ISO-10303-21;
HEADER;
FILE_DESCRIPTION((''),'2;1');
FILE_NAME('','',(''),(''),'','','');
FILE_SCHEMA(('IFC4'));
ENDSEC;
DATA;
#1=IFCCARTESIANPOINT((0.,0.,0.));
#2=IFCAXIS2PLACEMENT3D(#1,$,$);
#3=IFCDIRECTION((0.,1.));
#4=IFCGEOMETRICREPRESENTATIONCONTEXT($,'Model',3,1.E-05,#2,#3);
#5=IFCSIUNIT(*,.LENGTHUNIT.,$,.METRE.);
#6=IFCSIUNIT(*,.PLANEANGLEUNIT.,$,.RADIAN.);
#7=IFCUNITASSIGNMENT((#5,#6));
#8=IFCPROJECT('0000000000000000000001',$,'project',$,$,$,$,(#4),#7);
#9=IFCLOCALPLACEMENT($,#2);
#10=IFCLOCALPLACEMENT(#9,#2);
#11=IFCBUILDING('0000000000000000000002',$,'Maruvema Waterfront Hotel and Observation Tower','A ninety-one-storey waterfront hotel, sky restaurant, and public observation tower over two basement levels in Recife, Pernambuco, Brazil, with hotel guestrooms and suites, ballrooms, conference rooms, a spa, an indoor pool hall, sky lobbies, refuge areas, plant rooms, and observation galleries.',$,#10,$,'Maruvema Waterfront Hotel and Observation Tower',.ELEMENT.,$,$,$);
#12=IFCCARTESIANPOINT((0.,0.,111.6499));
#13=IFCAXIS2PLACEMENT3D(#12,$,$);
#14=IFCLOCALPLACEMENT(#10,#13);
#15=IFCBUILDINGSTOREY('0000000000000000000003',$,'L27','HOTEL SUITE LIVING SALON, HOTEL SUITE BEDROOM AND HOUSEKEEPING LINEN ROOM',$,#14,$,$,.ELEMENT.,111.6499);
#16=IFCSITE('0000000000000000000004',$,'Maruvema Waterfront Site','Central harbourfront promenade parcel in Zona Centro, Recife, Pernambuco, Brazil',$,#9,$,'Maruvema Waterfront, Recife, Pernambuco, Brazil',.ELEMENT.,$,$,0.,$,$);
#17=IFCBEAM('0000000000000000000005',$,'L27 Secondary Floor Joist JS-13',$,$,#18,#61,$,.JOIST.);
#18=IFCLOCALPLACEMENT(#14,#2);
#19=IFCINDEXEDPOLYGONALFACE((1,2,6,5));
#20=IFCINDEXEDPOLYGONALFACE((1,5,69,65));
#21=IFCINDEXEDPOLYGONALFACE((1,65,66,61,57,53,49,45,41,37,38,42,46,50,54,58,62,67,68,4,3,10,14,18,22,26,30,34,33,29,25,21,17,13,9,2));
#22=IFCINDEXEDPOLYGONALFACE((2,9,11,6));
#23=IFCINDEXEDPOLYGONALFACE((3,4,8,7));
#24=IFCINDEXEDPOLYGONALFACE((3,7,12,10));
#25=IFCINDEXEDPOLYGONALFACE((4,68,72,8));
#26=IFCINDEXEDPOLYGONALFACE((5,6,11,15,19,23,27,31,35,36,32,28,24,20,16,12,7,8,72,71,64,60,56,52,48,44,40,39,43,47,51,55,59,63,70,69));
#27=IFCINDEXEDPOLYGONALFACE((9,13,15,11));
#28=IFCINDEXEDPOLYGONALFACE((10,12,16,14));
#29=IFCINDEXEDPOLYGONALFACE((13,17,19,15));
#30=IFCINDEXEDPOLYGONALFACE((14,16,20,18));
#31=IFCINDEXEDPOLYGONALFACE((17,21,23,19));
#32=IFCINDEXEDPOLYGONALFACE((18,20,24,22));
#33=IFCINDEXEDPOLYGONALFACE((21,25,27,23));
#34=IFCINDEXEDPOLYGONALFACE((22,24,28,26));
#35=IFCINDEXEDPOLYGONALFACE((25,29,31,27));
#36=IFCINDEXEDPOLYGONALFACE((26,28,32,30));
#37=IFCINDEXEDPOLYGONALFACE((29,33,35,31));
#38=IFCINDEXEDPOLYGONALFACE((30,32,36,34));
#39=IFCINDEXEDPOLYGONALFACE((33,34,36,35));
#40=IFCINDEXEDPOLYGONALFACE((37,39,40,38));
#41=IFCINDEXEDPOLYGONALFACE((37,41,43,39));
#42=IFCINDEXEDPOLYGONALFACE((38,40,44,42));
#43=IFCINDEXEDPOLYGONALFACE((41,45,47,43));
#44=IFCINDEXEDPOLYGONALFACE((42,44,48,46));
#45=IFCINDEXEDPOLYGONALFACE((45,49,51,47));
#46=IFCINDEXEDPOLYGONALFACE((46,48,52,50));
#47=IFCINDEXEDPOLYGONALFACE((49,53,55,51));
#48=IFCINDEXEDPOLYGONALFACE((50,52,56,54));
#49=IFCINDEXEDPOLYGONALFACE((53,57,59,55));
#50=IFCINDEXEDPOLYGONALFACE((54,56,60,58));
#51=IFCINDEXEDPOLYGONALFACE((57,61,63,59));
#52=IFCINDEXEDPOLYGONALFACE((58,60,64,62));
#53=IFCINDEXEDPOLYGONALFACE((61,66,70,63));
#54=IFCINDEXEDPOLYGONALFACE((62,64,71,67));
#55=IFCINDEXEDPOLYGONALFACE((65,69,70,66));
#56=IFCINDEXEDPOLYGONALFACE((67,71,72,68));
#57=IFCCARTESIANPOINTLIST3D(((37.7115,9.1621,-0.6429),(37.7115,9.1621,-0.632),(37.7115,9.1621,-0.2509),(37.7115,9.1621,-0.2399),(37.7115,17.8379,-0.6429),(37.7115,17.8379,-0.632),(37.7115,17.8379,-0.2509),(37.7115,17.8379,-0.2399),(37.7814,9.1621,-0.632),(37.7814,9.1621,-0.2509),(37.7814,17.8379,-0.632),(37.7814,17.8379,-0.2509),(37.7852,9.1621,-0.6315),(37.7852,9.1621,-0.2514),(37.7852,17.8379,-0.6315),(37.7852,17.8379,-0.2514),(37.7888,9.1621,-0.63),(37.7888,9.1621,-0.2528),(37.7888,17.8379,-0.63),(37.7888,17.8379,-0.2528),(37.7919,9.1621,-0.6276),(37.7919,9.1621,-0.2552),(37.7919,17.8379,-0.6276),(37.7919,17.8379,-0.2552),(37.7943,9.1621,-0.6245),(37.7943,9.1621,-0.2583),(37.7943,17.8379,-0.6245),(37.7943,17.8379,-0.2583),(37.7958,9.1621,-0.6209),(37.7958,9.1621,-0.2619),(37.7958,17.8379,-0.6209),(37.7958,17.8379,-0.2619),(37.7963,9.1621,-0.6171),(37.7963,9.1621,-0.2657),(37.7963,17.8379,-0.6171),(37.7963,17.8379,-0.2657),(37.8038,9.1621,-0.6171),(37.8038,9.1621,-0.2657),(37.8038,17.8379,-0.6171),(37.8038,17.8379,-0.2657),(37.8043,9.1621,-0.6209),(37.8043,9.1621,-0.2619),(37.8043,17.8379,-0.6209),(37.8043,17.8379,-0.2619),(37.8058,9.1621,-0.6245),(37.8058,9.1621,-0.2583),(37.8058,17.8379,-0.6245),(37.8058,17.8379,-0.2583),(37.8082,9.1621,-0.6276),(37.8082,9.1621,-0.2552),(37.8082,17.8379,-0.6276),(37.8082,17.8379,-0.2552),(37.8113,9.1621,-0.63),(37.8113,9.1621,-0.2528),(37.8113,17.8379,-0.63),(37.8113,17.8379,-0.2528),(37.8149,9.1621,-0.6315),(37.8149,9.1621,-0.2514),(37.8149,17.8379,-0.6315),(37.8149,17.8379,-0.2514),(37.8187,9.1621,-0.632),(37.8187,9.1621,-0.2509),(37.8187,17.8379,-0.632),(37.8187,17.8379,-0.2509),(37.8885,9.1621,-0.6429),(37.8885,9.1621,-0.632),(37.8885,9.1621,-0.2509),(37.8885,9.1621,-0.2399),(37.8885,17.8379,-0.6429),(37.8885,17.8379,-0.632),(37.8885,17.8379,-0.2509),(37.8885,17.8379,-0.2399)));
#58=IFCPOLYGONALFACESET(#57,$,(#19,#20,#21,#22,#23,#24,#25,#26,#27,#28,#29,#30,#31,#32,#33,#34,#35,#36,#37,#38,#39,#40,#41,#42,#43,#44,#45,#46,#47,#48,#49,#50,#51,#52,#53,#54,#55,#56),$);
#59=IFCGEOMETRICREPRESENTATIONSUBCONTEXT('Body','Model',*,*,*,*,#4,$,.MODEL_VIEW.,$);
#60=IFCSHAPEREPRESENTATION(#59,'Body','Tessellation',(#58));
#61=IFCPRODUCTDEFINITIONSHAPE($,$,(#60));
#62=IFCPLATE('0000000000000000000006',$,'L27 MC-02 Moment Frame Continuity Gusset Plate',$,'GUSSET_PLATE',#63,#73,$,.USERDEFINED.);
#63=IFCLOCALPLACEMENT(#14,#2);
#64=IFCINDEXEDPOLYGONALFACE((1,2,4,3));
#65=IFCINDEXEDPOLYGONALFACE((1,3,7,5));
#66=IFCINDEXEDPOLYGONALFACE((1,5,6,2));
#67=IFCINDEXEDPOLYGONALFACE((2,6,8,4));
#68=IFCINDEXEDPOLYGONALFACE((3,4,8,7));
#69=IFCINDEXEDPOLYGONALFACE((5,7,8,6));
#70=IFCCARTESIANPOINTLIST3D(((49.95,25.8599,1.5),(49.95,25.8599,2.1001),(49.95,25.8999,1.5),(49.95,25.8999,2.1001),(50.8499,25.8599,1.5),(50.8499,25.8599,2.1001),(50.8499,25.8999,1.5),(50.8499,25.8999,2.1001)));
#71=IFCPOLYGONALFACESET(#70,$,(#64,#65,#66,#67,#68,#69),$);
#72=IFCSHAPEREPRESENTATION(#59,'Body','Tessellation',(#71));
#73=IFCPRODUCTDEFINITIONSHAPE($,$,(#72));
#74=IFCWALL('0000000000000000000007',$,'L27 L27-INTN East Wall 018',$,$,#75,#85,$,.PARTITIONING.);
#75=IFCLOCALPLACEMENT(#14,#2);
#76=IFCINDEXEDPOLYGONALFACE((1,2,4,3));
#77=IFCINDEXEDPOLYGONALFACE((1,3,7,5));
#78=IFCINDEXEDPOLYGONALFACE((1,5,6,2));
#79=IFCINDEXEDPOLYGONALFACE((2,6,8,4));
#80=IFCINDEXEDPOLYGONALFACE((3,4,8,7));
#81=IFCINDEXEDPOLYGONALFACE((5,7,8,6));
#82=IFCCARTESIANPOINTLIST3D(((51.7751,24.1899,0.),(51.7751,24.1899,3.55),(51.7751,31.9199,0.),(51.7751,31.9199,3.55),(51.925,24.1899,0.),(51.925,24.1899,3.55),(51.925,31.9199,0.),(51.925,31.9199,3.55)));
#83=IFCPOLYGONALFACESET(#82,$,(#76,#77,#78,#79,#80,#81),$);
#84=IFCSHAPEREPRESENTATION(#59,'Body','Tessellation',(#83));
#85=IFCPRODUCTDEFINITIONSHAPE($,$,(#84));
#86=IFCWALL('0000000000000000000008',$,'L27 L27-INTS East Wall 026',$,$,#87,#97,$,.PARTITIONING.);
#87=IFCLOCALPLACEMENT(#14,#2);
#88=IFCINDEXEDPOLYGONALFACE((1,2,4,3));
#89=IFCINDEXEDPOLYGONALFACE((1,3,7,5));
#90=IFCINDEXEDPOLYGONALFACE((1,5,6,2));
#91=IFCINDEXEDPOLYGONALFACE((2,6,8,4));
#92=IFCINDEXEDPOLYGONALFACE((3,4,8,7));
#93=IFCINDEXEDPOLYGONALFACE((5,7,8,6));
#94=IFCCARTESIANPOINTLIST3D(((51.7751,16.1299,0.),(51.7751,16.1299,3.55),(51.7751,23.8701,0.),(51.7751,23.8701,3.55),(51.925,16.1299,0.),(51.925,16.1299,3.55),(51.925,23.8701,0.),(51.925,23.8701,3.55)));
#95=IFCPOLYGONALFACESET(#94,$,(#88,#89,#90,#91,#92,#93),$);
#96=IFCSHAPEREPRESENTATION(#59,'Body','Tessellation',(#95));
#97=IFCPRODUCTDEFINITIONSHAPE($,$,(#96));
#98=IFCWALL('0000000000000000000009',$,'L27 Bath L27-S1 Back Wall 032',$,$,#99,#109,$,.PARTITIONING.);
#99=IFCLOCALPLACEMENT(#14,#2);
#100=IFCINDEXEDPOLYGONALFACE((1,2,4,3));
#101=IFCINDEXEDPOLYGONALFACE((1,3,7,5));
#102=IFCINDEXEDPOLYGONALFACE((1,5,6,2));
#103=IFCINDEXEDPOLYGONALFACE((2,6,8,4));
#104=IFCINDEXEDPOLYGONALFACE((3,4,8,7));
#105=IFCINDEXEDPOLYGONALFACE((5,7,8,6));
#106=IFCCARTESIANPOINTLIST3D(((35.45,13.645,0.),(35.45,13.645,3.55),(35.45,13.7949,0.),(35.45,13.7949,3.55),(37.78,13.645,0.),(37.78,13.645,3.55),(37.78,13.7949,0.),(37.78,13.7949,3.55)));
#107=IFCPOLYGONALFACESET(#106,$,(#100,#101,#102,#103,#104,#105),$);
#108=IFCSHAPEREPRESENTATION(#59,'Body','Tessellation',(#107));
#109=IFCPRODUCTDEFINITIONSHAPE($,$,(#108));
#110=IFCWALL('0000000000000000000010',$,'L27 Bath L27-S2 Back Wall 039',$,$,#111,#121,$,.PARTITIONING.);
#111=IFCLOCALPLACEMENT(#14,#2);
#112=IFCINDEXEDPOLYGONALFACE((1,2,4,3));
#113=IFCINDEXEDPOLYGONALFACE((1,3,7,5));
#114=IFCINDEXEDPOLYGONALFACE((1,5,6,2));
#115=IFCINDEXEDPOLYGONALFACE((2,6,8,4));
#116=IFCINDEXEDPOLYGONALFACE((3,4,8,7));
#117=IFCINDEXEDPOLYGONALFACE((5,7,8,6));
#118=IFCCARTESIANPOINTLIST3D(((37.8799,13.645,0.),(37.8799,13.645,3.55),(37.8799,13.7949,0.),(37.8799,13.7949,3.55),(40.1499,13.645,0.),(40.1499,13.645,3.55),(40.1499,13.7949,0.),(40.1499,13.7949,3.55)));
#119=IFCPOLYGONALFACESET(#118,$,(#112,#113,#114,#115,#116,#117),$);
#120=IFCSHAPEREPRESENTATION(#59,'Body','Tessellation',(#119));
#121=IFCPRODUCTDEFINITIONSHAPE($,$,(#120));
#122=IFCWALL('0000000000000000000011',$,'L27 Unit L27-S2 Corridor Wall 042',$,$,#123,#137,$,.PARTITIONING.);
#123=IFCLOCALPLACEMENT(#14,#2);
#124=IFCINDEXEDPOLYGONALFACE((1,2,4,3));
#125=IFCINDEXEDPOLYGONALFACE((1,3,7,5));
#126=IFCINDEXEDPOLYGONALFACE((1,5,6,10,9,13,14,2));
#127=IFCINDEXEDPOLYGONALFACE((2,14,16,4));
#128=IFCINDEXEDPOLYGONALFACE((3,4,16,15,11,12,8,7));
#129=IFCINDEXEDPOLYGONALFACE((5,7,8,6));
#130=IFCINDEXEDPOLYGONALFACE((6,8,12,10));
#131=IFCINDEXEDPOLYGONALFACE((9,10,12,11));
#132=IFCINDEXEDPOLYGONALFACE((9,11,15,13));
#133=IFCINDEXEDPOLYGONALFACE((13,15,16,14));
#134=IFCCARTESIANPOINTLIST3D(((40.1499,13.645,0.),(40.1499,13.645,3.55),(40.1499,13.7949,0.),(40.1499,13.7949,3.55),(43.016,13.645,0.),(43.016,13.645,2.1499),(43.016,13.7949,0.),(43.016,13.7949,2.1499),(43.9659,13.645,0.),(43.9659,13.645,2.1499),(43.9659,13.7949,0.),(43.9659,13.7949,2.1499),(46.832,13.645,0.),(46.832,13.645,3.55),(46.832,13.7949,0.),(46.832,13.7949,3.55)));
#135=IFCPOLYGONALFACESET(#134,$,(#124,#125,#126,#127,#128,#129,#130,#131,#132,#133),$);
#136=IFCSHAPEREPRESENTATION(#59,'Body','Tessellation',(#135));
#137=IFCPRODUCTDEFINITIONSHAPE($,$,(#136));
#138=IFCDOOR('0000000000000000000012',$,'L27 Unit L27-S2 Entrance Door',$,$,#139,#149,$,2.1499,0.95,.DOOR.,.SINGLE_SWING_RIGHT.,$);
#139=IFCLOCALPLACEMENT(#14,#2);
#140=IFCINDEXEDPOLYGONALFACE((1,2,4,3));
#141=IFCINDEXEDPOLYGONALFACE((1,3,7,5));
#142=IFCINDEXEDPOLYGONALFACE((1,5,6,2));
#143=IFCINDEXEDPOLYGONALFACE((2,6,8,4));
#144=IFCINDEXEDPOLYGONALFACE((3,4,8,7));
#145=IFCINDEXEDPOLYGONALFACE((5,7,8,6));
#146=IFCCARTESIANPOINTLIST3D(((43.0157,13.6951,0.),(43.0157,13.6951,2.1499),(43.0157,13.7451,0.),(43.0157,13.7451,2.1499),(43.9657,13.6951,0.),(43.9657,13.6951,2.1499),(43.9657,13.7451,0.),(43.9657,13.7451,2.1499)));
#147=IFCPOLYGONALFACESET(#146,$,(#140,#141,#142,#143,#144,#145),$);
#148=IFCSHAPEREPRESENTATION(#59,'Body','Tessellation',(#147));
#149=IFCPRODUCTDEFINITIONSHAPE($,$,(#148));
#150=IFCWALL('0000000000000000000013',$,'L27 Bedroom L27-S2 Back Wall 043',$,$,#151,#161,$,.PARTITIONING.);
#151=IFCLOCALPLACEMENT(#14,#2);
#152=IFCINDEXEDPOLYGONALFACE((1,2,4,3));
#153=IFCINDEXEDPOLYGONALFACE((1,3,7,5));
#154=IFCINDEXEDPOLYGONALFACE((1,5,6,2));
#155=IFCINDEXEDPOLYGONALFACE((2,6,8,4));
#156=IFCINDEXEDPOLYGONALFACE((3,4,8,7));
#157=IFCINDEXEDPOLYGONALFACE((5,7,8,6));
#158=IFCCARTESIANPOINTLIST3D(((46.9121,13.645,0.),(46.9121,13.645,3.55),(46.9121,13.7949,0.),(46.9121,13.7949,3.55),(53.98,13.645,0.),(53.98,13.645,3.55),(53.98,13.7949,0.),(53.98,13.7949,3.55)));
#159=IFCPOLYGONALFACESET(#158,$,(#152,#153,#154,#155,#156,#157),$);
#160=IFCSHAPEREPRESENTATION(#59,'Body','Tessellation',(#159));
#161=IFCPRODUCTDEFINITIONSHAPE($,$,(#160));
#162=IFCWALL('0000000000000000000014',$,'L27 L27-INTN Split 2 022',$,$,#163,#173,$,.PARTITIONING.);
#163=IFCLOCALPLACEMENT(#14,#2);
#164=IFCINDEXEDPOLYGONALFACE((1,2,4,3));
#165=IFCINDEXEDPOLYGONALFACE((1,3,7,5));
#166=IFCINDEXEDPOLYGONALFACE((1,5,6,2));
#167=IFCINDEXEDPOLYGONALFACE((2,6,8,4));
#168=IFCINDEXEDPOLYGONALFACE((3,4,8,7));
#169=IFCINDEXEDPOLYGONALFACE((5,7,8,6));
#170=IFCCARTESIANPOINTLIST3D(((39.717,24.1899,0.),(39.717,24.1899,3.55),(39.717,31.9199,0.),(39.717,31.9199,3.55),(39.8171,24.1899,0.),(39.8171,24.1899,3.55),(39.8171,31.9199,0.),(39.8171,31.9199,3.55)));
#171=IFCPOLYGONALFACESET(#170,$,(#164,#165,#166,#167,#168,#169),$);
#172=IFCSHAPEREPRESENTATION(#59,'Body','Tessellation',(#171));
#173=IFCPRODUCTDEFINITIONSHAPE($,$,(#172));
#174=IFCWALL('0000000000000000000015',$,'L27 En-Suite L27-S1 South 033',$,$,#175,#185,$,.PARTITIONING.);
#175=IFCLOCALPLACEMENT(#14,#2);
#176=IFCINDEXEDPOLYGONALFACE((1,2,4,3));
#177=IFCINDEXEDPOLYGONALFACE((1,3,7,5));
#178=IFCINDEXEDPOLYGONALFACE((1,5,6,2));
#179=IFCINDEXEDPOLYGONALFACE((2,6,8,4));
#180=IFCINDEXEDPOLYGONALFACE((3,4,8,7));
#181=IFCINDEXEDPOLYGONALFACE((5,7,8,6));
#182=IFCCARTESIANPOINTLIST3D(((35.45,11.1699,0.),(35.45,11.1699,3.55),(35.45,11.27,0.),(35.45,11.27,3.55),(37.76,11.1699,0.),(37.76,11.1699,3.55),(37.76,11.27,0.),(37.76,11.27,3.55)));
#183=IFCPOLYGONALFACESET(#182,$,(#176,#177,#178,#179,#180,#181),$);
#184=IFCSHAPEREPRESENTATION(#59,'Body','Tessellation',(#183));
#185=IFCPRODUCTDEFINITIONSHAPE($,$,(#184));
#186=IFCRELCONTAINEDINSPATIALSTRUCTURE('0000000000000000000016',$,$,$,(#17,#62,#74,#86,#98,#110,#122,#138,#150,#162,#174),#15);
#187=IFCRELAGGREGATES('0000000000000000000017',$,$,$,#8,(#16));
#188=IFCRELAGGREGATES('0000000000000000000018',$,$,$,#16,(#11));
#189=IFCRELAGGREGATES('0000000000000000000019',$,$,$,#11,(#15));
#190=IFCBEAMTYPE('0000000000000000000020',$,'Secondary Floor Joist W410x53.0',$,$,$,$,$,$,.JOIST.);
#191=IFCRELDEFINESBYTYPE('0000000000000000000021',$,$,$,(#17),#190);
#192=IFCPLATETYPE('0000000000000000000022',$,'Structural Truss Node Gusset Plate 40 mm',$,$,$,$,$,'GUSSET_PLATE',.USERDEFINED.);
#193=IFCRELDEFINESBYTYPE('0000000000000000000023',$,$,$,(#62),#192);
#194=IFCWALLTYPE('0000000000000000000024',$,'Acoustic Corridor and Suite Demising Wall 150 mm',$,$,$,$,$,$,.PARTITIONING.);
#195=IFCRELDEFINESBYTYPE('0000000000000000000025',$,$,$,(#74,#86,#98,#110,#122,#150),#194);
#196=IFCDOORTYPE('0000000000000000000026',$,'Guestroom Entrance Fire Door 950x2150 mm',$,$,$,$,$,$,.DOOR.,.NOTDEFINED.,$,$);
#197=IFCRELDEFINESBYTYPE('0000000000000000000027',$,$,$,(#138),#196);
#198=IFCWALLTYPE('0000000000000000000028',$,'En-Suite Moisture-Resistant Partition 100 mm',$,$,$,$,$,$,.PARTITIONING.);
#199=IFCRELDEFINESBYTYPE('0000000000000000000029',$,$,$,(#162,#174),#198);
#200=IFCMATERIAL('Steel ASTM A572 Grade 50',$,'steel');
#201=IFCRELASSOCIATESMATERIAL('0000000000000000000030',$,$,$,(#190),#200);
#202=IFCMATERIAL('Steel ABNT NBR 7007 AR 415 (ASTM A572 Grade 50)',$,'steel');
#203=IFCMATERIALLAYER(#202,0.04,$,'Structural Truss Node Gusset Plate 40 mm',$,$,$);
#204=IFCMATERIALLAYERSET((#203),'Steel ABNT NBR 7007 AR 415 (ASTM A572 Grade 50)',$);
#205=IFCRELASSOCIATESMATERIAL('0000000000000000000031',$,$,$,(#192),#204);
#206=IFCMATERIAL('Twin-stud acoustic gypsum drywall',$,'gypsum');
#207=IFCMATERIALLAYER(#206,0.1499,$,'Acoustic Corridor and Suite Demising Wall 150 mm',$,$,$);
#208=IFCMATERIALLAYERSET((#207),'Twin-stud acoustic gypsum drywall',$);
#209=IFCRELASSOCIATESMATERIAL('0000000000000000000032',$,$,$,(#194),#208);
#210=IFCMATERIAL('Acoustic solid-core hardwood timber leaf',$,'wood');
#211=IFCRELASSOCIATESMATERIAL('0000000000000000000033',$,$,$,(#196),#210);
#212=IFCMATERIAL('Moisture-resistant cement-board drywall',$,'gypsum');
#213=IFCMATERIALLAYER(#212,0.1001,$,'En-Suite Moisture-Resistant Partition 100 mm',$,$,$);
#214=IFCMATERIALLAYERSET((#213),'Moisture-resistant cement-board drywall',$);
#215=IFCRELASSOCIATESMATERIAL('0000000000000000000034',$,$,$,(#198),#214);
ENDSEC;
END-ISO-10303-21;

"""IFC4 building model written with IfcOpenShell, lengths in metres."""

from ifc_helpers import new_model, si_unit, direction, frame, frame_2d, origin, origin_2d, place, context, subcontext, project, spatial, rectangle, i_section, extrude, material, layer, layer_set, material_profile, profile_set, type_object, element, fill, save


model = new_model("IFC4")

# Units and contexts
model_context = context("Model", 3, precision=1e-05, world=origin(), true_north=direction((0.0, 1.0)))
body_context = subcontext(model_context, "Body", "Model", "MODEL_VIEW")
ifc_project = project(units=[si_unit("LENGTHUNIT", "METRE"), si_unit("PLANEANGLEUNIT", "RADIAN")], contexts=[model_context])

# Site, building, storey
site_placement = place(None, origin())
site = spatial("IfcSite", under=ifc_project, at=site_placement, Name="Maruvema Waterfront Site", Description="Central harbourfront promenade parcel in Zona Centro, Recife, Pernambuco, Brazil", LongName="Maruvema Waterfront, Recife, Pernambuco, Brazil", CompositionType="ELEMENT", RefElevation=0.0)
building_placement = place(site_placement, origin())
building = spatial("IfcBuilding", under=site, at=building_placement, Name="Maruvema Waterfront Hotel and Observation Tower", Description="A ninety-one-storey waterfront hotel, sky restaurant, and public observation tower over two basement levels in Recife, Pernambuco, Brazil, with hotel guestrooms and suites, ballrooms, conference rooms, a spa, an indoor pool hall, sky lobbies, refuge areas, plant rooms, and observation galleries.", LongName="Maruvema Waterfront Hotel and Observation Tower", CompositionType="ELEMENT")
storey_placement = place(building_placement, frame((0.0, 0.0, 111.6499)))
storey = spatial("IfcBuildingStorey", under=building, at=storey_placement, Name="L27", Description="HOTEL SUITE LIVING SALON, HOTEL SUITE BEDROOM AND HOUSEKEEPING LINEN ROOM", CompositionType="ELEMENT", Elevation=111.6499)

# Beam
ifc_material_1 = material(Name="Steel ASTM A572 Grade 50", Category="steel")
ifc_material_profile_1 = material_profile(ifc_material_1, i_section(OverallWidth=0.177, OverallDepth=0.4031, WebThickness=0.0076, FlangeThickness=0.011, FilletRadius=0.0149, at=origin_2d()), Name="W410x53.0")
ifc_profile_set_1 = profile_set([ifc_material_profile_1], Name="Steel ASTM A572 Grade 50")
beam_type_1 = type_object("IfcBeamType", Name="Secondary Floor Joist W410x53.0", PredefinedType="JOIST", material=ifc_profile_set_1)
beam_1_placement = place(storey_placement, frame((37.8, 9.1621, -0.4414), z_axis=(0.0, 1.0, 0.0), x_axis=(-1.0, 0.0, 0.0)))
element("IfcBeam", 1, at=beam_1_placement, inside=storey, type_object=beam_type_1, Name="L27 Secondary Floor Joist JS-13", PredefinedType="JOIST", context=body_context, shape_type="SweptSolid", body=[
    extrude(i_section(OverallWidth=0.177, OverallDepth=0.4031, WebThickness=0.0076, FlangeThickness=0.011, FilletRadius=0.0149, at=origin_2d()), origin(), (0.0, 0.0, 1.0), 8.6758),
])

# Plate
ifc_material_2 = material(Name="Steel ABNT NBR 7007 AR 415 (ASTM A572 Grade 50)", Category="steel")
ifc_layer_1 = layer(ifc_material_2, 0.04, Name="Structural Truss Node Gusset Plate 40 mm")
ifc_layer_set_1 = layer_set([ifc_layer_1], Name="Steel ABNT NBR 7007 AR 415 (ASTM A572 Grade 50)")
plate_type = type_object("IfcPlateType", Name="Structural Truss Node Gusset Plate 40 mm", ElementType="GUSSET_PLATE", PredefinedType="USERDEFINED", material=ifc_layer_set_1)
plate_placement = place(storey_placement, frame((50.3999, 25.8799, 1.5), z_axis=(0.0, 0.0, 1.0), x_axis=(1.0, 0.0, 0.0)))
element("IfcPlate", 2, at=plate_placement, inside=storey, type_object=plate_type, Name="L27 MC-02 Moment Frame Continuity Gusset Plate", ObjectType="GUSSET_PLATE", PredefinedType="USERDEFINED", context=body_context, shape_type="SweptSolid", body=[
    extrude(rectangle(XDim=0.8999, YDim=0.04, at=origin_2d()), origin(), (0.0, 0.0, 1.0), 0.6001),
])

# Walls
ifc_material_3 = material(Name="Twin-stud acoustic gypsum drywall", Category="gypsum")
ifc_layer_2 = layer(ifc_material_3, 0.1499, Name="Acoustic Corridor and Suite Demising Wall 150 mm")
ifc_layer_set_2 = layer_set([ifc_layer_2], Name="Twin-stud acoustic gypsum drywall")
wall_type_1 = type_object("IfcWallType", Name="Acoustic Corridor and Suite Demising Wall 150 mm", PredefinedType="PARTITIONING", material=ifc_layer_set_2)
wall_1_placement = place(storey_placement, frame((51.8501, 24.1899, 0.0), z_axis=(0.0, 0.0, 1.0), x_axis=(0.0, 1.0, 0.0)))
element("IfcWall", 3, at=wall_1_placement, inside=storey, type_object=wall_type_1, Name="L27 L27-INTN East Wall 018", PredefinedType="PARTITIONING", context=body_context, shape_type="SweptSolid", body=[
    extrude(rectangle(XDim=7.73, YDim=0.1499, at=frame_2d((3.865, 0.0))), origin(), (0.0, 0.0, 1.0), 3.55),
])
wall_2_placement = place(storey_placement, frame((51.8501, 16.1299, 0.0), z_axis=(0.0, 0.0, 1.0), x_axis=(0.0, 1.0, 0.0)))
element("IfcWall", 4, at=wall_2_placement, inside=storey, type_object=wall_type_1, Name="L27 L27-INTS East Wall 026", PredefinedType="PARTITIONING", context=body_context, shape_type="SweptSolid", body=[
    extrude(rectangle(XDim=7.7402, YDim=0.1499, at=frame_2d((3.8701, 0.0))), origin(), (0.0, 0.0, 1.0), 3.55),
])
wall_3_placement = place(storey_placement, frame((35.45, 13.72, 0.0), z_axis=(0.0, 0.0, 1.0), x_axis=(1.0, 0.0, 0.0)))
element("IfcWall", 5, at=wall_3_placement, inside=storey, type_object=wall_type_1, Name="L27 Bath L27-S1 Back Wall 032", PredefinedType="PARTITIONING", context=body_context, shape_type="SweptSolid", body=[
    extrude(rectangle(XDim=2.3301, YDim=0.1499, at=frame_2d((1.165, 0.0))), origin(), (0.0, 0.0, 1.0), 3.55),
])
wall_4_placement = place(storey_placement, frame((37.8799, 13.72, 0.0), z_axis=(0.0, 0.0, 1.0), x_axis=(1.0, 0.0, 0.0)))
element("IfcWall", 6, at=wall_4_placement, inside=storey, type_object=wall_type_1, Name="L27 Bath L27-S2 Back Wall 039", PredefinedType="PARTITIONING", context=body_context, shape_type="SweptSolid", body=[
    extrude(rectangle(XDim=2.27, YDim=0.1499, at=frame_2d((1.135, 0.0))), origin(), (0.0, 0.0, 1.0), 3.55),
])

# Wall, opening, door
wall_5_placement = place(storey_placement, frame((40.1499, 13.72, 0.0), z_axis=(0.0, 0.0, 1.0), x_axis=(1.0, 0.0, 0.0)))
wall_5 = element("IfcWall", 7, at=wall_5_placement, inside=storey, type_object=wall_type_1, Name="L27 Unit L27-S2 Corridor Wall 042", PredefinedType="PARTITIONING", context=body_context, shape_type="SweptSolid", body=[
    extrude(rectangle(XDim=6.6821, YDim=0.1499, at=frame_2d((3.3411, 0.0))), origin(), (0.0, 0.0, 1.0), 3.55),
])
opening_1_placement = place(wall_5_placement, frame((2.866, 0.0, 0.0)))
opening_1 = element("IfcOpeningElement", 8, at=opening_1_placement, cuts=wall_5, PredefinedType="OPENING", context=body_context, shape_type="SweptSolid", body=[
    extrude(rectangle(XDim=0.95, YDim=2.1499, at=frame_2d((0.4751, 1.075))), frame((0.0, 0.085, 0.0), z_axis=(0.0, -1.0, 0.0), x_axis=(1.0, 0.0, 0.0)), (0.0, 0.0, 1.0), 0.1699),
])
ifc_material_4 = material(Name="Acoustic solid-core hardwood timber leaf", Category="wood")
door_type_1 = type_object("IfcDoorType", Name="Guestroom Entrance Fire Door 950x2150 mm", OperationType="NOTDEFINED", PredefinedType="DOOR", material=ifc_material_4)
door_1_placement = place(opening_1_placement, frame((0.95, 0.0, 0.0), z_axis=(0.0, 0.0, 1.0), x_axis=(-1.0, 0.0, 0.0)))
door_1 = element("IfcDoor", 9, at=door_1_placement, inside=storey, type_object=door_type_1, Name="L27 Unit L27-S2 Entrance Door", OperationType="SINGLE_SWING_RIGHT", OverallHeight=2.1499, OverallWidth=0.95, PredefinedType="DOOR", context=body_context, shape_type="SweptSolid", body=[
    extrude(rectangle(XDim=0.95, YDim=2.1499, at=frame_2d((0.4751, 1.075))), frame((0.0, 0.0249, 0.0), z_axis=(0.0, -1.0, 0.0), x_axis=(1.0, 0.0, 0.0)), (0.0, 0.0, 1.0), 0.05),
])
fill(opening_1, door_1)

# Walls
wall_6_placement = place(storey_placement, frame((46.9121, 13.72, 0.0), z_axis=(0.0, 0.0, 1.0), x_axis=(1.0, 0.0, 0.0)))
element("IfcWall", 10, at=wall_6_placement, inside=storey, type_object=wall_type_1, Name="L27 Bedroom L27-S2 Back Wall 043", PredefinedType="PARTITIONING", context=body_context, shape_type="SweptSolid", body=[
    extrude(rectangle(XDim=7.0679, YDim=0.1499, at=frame_2d((3.5339, 0.0))), origin(), (0.0, 0.0, 1.0), 3.55),
])
ifc_material_5 = material(Name="Moisture-resistant cement-board drywall", Category="gypsum")
ifc_layer_3 = layer(ifc_material_5, 0.1001, Name="En-Suite Moisture-Resistant Partition 100 mm")
ifc_layer_set_3 = layer_set([ifc_layer_3], Name="Moisture-resistant cement-board drywall")
wall_type_2 = type_object("IfcWallType", Name="En-Suite Moisture-Resistant Partition 100 mm", PredefinedType="PARTITIONING", material=ifc_layer_set_3)
wall_7_placement = place(storey_placement, frame((39.7671, 24.1899, 0.0), z_axis=(0.0, 0.0, 1.0), x_axis=(0.0, 1.0, 0.0)))
element("IfcWall", 11, at=wall_7_placement, inside=storey, type_object=wall_type_2, Name="L27 L27-INTN Split 2 022", PredefinedType="PARTITIONING", context=body_context, shape_type="SweptSolid", body=[
    extrude(rectangle(XDim=7.73, YDim=0.1001, at=frame_2d((3.865, 0.0))), origin(), (0.0, 0.0, 1.0), 3.55),
])
wall_8_placement = place(storey_placement, frame((35.45, 11.22, 0.0), z_axis=(0.0, 0.0, 1.0), x_axis=(1.0, 0.0, 0.0)))
element("IfcWall", 12, at=wall_8_placement, inside=storey, type_object=wall_type_2, Name="L27 En-Suite L27-S1 South 033", PredefinedType="PARTITIONING", context=body_context, shape_type="SweptSolid", body=[
    extrude(rectangle(XDim=2.3101, YDim=0.1001, at=frame_2d((1.155, 0.0))), origin(), (0.0, 0.0, 1.0), 3.55),
])

save(model, "model.ifc")
